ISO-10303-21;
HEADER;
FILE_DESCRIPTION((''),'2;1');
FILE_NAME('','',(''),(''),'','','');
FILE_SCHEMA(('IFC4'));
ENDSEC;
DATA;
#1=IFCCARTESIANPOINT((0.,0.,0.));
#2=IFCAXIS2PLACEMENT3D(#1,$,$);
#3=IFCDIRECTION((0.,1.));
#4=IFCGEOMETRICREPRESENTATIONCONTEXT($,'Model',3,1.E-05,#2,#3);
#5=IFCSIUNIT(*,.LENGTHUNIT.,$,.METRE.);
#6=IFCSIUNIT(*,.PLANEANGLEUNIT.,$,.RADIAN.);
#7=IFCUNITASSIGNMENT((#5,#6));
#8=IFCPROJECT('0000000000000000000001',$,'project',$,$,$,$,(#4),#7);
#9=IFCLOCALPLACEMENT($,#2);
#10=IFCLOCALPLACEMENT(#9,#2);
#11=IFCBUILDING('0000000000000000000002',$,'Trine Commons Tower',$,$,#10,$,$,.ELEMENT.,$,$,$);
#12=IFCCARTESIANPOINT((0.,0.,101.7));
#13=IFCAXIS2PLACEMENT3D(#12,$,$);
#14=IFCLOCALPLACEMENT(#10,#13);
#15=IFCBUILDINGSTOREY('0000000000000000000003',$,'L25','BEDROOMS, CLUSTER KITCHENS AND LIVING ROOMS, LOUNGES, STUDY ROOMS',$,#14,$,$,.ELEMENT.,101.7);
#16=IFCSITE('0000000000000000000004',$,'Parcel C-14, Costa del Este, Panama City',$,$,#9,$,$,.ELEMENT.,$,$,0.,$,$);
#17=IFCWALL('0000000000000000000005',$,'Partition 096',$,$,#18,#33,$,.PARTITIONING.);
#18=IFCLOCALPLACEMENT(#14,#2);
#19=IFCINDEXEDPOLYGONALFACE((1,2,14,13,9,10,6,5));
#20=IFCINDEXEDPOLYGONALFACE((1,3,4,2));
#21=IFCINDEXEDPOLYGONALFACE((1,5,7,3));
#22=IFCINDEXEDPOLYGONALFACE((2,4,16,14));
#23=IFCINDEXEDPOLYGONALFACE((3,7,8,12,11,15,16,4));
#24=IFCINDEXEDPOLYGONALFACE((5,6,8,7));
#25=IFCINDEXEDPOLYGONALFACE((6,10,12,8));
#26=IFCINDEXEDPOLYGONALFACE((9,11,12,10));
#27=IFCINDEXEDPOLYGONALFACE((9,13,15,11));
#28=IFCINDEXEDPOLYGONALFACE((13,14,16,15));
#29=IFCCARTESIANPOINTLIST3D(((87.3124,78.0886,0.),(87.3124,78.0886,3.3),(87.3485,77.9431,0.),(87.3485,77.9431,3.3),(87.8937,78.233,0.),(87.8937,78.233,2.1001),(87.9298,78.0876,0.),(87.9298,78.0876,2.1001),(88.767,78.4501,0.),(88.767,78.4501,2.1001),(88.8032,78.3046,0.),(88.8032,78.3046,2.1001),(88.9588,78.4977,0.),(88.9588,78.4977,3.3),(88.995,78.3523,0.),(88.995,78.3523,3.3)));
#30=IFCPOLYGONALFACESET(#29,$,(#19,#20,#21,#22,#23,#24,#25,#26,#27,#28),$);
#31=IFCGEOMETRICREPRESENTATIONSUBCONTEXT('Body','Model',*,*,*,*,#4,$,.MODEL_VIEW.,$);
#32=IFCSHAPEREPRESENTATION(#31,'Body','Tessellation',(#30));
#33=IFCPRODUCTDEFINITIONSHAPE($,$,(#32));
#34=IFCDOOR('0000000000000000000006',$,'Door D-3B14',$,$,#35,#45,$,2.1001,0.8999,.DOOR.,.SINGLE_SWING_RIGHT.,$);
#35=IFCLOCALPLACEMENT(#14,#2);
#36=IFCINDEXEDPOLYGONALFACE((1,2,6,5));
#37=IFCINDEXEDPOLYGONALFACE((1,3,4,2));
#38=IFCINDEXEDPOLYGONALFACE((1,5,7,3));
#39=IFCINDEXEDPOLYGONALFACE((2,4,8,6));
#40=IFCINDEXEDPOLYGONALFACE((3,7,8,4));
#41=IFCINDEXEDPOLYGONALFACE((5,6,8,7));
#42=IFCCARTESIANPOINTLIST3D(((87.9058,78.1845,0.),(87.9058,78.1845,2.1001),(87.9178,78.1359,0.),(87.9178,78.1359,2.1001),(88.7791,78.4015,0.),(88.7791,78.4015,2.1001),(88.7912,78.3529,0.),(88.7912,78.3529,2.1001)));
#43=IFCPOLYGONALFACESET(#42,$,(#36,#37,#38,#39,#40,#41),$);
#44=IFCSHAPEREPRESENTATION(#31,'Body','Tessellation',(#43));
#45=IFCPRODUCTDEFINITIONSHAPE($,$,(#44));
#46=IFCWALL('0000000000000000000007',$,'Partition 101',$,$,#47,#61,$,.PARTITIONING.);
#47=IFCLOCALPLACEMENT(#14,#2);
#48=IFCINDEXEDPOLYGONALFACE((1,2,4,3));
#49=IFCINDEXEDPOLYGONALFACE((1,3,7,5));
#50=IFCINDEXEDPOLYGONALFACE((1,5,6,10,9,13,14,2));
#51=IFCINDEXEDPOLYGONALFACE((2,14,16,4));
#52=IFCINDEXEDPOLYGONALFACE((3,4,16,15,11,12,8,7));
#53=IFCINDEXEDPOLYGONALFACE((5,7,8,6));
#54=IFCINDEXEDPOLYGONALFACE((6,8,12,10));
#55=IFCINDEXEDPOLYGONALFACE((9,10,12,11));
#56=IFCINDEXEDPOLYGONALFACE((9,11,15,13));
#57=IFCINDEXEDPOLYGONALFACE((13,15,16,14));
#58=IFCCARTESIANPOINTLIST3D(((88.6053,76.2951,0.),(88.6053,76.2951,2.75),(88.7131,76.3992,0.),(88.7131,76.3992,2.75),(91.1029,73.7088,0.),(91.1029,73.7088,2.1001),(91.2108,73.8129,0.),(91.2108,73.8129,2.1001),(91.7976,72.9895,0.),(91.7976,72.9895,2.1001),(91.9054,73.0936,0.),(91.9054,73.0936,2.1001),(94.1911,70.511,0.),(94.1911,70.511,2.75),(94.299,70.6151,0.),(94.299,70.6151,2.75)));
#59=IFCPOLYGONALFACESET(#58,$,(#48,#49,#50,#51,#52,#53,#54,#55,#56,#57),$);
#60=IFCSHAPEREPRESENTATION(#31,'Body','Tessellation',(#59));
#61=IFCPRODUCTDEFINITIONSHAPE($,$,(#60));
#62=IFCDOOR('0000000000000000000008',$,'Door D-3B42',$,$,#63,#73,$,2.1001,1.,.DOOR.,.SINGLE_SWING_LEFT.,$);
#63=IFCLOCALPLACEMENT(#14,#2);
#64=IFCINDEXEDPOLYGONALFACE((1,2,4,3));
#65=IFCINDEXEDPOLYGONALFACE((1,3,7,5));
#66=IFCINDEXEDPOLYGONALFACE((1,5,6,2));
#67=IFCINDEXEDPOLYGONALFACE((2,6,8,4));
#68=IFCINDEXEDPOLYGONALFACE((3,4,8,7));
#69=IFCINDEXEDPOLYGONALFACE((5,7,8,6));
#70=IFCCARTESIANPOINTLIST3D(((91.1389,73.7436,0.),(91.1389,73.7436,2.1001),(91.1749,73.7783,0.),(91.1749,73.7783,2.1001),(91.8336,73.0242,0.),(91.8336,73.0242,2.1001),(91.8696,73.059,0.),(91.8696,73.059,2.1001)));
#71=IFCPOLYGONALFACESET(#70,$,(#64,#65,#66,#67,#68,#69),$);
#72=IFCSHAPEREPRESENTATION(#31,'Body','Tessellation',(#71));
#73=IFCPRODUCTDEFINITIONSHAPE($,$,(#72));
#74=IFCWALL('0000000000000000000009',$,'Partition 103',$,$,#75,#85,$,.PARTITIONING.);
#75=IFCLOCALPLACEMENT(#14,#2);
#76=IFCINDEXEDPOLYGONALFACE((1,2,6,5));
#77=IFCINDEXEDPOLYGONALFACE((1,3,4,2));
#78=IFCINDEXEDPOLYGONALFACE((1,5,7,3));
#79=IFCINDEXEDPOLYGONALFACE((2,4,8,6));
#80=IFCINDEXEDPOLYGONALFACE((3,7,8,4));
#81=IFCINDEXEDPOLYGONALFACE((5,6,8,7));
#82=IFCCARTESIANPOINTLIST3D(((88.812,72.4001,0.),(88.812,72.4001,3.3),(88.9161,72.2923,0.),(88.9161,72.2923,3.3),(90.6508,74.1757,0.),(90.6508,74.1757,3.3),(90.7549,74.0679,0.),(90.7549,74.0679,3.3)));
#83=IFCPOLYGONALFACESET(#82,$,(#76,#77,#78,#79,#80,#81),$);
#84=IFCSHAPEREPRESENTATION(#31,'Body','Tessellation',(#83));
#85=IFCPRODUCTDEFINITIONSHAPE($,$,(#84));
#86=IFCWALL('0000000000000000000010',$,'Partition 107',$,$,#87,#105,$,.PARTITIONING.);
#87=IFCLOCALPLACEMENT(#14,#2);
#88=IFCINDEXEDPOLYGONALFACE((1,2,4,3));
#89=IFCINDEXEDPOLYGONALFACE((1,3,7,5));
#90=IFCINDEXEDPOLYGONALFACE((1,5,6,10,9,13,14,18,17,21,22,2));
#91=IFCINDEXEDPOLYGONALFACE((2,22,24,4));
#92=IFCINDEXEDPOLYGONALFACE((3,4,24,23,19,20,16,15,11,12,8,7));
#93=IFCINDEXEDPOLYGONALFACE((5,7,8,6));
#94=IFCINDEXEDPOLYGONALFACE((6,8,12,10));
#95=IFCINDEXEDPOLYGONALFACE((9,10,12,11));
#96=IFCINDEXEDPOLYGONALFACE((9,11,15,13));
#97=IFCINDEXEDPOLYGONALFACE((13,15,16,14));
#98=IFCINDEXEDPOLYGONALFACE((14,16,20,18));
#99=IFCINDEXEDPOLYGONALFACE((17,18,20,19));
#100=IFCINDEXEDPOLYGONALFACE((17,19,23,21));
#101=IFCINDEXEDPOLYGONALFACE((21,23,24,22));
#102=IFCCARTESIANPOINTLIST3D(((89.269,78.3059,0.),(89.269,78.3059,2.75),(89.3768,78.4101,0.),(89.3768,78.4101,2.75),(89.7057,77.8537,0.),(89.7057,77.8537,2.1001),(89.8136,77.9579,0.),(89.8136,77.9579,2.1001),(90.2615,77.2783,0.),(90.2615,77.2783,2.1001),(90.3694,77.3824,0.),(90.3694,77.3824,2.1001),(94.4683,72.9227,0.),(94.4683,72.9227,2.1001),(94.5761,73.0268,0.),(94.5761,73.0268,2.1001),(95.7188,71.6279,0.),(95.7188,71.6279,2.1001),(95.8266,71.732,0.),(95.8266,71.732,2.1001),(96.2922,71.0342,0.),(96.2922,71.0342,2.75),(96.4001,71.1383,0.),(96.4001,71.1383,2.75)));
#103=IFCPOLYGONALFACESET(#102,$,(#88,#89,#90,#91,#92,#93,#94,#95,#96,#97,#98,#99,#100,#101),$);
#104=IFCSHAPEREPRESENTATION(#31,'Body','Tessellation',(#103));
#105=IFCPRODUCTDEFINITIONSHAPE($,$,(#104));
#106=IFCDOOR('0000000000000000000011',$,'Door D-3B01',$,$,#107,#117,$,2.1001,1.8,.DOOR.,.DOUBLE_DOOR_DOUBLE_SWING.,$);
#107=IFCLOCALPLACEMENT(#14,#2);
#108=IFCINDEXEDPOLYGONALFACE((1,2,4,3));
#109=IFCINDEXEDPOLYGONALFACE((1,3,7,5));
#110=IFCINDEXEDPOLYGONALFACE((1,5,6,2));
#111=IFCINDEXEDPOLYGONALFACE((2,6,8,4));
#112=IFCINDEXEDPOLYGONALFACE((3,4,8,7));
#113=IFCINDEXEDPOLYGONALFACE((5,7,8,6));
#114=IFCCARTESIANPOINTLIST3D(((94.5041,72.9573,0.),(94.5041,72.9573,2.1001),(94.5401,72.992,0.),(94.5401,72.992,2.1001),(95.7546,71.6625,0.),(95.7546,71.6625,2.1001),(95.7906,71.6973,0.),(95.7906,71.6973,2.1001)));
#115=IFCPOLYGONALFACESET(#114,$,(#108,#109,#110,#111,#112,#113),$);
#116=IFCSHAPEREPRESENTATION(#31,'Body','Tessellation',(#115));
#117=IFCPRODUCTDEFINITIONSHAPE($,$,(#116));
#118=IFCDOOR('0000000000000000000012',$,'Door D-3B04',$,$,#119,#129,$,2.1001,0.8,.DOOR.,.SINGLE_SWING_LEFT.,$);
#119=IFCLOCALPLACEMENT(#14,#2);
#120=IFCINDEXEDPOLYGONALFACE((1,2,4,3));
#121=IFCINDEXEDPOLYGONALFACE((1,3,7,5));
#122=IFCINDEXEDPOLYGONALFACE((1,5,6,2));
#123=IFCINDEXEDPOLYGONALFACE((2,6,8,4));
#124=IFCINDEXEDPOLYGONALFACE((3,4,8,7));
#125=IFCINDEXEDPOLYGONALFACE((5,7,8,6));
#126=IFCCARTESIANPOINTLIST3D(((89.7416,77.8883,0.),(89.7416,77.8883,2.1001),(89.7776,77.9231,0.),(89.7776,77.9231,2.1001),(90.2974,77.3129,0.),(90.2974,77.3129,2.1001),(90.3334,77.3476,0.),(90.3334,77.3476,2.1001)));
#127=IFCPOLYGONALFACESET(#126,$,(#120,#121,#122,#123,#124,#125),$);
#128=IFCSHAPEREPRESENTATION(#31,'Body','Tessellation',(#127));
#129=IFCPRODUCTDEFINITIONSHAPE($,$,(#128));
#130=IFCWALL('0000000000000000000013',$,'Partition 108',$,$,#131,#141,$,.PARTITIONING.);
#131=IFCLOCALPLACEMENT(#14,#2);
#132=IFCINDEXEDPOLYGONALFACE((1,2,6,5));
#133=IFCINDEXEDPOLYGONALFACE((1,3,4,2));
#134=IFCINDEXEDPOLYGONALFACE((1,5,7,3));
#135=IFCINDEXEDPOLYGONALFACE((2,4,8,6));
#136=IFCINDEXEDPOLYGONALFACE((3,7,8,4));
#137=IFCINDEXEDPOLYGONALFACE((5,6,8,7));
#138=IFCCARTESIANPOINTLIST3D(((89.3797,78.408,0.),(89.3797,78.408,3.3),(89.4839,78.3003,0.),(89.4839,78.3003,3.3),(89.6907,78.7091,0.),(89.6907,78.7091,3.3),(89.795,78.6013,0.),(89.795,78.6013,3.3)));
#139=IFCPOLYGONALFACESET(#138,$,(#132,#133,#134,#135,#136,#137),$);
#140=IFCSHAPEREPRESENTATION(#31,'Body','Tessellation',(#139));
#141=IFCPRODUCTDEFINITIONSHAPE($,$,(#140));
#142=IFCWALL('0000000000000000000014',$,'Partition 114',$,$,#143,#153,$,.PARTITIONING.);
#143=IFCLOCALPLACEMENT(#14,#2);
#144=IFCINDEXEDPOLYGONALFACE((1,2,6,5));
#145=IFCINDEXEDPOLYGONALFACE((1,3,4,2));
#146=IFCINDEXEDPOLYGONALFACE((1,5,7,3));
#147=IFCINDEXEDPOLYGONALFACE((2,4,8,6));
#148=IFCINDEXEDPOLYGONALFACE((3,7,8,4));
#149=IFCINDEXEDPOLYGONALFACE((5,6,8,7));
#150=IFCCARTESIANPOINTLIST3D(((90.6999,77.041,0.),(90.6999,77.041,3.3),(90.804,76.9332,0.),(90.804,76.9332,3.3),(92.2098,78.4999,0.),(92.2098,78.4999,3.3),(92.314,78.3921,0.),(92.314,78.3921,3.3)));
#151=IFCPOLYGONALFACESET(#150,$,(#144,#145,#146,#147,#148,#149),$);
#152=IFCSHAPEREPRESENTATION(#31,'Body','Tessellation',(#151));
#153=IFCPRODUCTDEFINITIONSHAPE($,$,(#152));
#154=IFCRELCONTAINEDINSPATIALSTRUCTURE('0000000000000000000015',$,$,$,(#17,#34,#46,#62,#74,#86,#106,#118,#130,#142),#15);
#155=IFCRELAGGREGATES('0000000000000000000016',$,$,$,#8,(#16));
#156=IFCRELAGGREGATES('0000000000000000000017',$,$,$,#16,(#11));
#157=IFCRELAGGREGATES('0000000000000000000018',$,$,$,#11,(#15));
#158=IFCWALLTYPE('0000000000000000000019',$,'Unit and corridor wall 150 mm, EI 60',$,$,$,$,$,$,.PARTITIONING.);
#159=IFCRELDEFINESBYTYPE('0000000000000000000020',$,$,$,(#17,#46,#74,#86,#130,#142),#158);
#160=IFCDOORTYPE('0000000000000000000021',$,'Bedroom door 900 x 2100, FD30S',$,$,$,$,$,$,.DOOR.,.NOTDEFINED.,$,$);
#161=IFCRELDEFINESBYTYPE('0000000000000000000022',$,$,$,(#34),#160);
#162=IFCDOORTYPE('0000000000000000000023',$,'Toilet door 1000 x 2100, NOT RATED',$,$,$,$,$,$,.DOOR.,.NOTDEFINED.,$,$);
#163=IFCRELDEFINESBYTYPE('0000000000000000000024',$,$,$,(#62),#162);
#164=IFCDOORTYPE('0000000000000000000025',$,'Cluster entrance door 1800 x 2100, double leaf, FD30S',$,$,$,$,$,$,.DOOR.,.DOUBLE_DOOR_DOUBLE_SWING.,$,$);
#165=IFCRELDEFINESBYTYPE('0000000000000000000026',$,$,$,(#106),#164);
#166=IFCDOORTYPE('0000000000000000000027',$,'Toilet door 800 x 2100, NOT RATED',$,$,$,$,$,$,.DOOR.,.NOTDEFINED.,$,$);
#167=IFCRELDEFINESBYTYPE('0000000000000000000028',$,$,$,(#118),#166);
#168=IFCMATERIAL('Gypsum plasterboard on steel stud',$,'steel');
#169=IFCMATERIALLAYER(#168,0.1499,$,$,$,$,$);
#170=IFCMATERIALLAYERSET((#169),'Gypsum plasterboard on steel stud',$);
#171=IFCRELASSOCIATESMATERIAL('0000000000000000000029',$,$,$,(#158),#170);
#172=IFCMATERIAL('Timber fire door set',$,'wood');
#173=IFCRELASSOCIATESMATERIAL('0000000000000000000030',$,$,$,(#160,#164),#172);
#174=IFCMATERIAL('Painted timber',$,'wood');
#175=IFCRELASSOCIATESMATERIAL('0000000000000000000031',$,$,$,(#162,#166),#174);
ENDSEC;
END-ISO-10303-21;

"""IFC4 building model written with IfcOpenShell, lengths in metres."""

from ifc_helpers import new_model, si_unit, direction, frame, frame_2d, origin, place, context, subcontext, project, spatial, rectangle, extrude, material, layer, layer_set, type_object, element, fill, save


model = new_model("IFC4")

# Units and contexts
model_context = context("Model", 3, precision=1e-05, world=origin(), true_north=direction((0.0, 1.0)))
body_context = subcontext(model_context, "Body", "Model", "MODEL_VIEW")
ifc_project = project(units=[si_unit("LENGTHUNIT", "METRE"), si_unit("PLANEANGLEUNIT", "RADIAN")], contexts=[model_context])

# Site, building, storey
site_placement = place(None, origin())
site = spatial("IfcSite", under=ifc_project, at=site_placement, Name="Parcel C-14, Costa del Este, Panama City", CompositionType="ELEMENT", RefElevation=0.0)
building_placement = place(site_placement, origin())
building = spatial("IfcBuilding", under=site, at=building_placement, Name="Trine Commons Tower", CompositionType="ELEMENT")
storey_placement = place(building_placement, frame((0.0, 0.0, 101.7)))
storey = spatial("IfcBuildingStorey", under=building, at=storey_placement, Name="L25", Description="BEDROOMS, CLUSTER KITCHENS AND LIVING ROOMS, LOUNGES, STUDY ROOMS", CompositionType="ELEMENT", Elevation=101.7)

# Shared definitions
ifc_material_1 = material(Name="Gypsum plasterboard on steel stud", Category="steel")
ifc_layer_1 = layer(ifc_material_1, 0.1499)
ifc_layer_set_1 = layer_set([ifc_layer_1], Name="Gypsum plasterboard on steel stud")
wall_type_1 = type_object("IfcWallType", Name="Unit and corridor wall 150 mm, EI 60", PredefinedType="PARTITIONING", material=ifc_layer_set_1)
ifc_material_2 = material(Name="Timber fire door set", Category="wood")
door_type_1 = type_object("IfcDoorType", Name="Bedroom door 900 x 2100, FD30S", OperationType="NOTDEFINED", PredefinedType="DOOR", material=ifc_material_2)

# Walls, openings, doors
wall_1_placement = place(storey_placement, frame((87.3306, 78.0159, 0.0), z_axis=(0.0, 0.0, 1.0), x_axis=(0.97048, 0.241181, 0.0)))
wall_1 = element("IfcWall", 1, at=wall_1_placement, inside=storey, type_object=wall_type_1, Name="Partition 096", PredefinedType="PARTITIONING", context=body_context, shape_type="SweptSolid", body=[
    extrude(rectangle(XDim=1.6965, YDim=0.1499, at=frame_2d((0.8481, 0.0))), origin(), (0.0, 0.0, 1.0), 3.3),
])
opening_1_placement = place(wall_1_placement, frame((0.5989, 0.0, 0.0)))
opening_1 = element("IfcOpeningElement", 2, at=opening_1_placement, cuts=wall_1, PredefinedType="OPENING", context=body_context, shape_type="SweptSolid", body=[
    extrude(rectangle(XDim=0.8999, YDim=2.1001, at=frame_2d((0.45, 1.05))), frame((0.0, 0.085, 0.0), z_axis=(0.0, -1.0, 0.0), x_axis=(1.0, 0.0, 0.0)), (0.0, 0.0, 1.0), 0.1699),
])
door_1_placement = place(opening_1_placement, origin())
door_1 = element("IfcDoor", 3, at=door_1_placement, inside=storey, type_object=door_type_1, Name="Door D-3B14", OperationType="SINGLE_SWING_RIGHT", OverallHeight=2.1001, OverallWidth=0.8999, PredefinedType="DOOR", context=body_context, shape_type="SweptSolid", body=[
    extrude(rectangle(XDim=0.8999, YDim=2.1001, at=frame_2d((0.45, 1.05))), frame((0.0, 0.0249, 0.0), z_axis=(0.0, -1.0, 0.0), x_axis=(1.0, 0.0, 0.0)), (0.0, 0.0, 1.0), 0.05),
])
fill(opening_1, door_1)
wall_2_placement = place(storey_placement, frame((88.6592, 76.3472, 0.0), z_axis=(0.0, 0.0, 1.0), x_axis=(0.694673, -0.719326, 0.0)))
wall_2 = element("IfcWall", 4, at=wall_2_placement, inside=storey, type_object=wall_type_1, Name="Partition 101", PredefinedType="PARTITIONING", context=body_context, shape_type="SweptSolid", body=[
    extrude(rectangle(XDim=8.041, YDim=0.1499, at=frame_2d((4.0205, 0.0))), origin(), (0.0, 0.0, 1.0), 2.75),
])
opening_2_placement = place(wall_2_placement, frame((3.5955, 0.0, 0.0)))
opening_2 = element("IfcOpeningElement", 5, at=opening_2_placement, cuts=wall_2, PredefinedType="OPENING", context=body_context, shape_type="SweptSolid", body=[
    extrude(rectangle(XDim=1.0, YDim=2.1001, at=frame_2d((0.5, 1.05))), frame((0.0, 0.085, 0.0), z_axis=(0.0, -1.0, 0.0), x_axis=(1.0, 0.0, 0.0)), (0.0, 0.0, 1.0), 0.1699),
])
ifc_material_3 = material(Name="Painted timber", Category="wood")
door_type_2 = type_object("IfcDoorType", Name="Toilet door 1000 x 2100, NOT RATED", OperationType="NOTDEFINED", PredefinedType="DOOR", material=ifc_material_3)
door_2_placement = place(opening_2_placement, frame((1.0, 0.0, 0.0), z_axis=(0.0, 0.0, 1.0), x_axis=(-1.0, 0.0, 0.0)))
door_2 = element("IfcDoor", 6, at=door_2_placement, inside=storey, type_object=door_type_2, Name="Door D-3B42", OperationType="SINGLE_SWING_LEFT", OverallHeight=2.1001, OverallWidth=1.0, PredefinedType="DOOR", context=body_context, shape_type="SweptSolid", body=[
    extrude(rectangle(XDim=1.0, YDim=2.1001, at=frame_2d((0.5, 1.05))), frame((0.0, 0.0249, 0.0), z_axis=(0.0, -1.0, 0.0), x_axis=(1.0, 0.0, 0.0)), (0.0, 0.0, 1.0), 0.05),
])
fill(opening_2, door_2)

# Wall
wall_3_placement = place(storey_placement, frame((88.864, 72.3462, 0.0), z_axis=(0.0, 0.0, 1.0), x_axis=(0.719367, 0.69463, 0.0)))
element("IfcWall", 7, at=wall_3_placement, inside=storey, type_object=wall_type_1, Name="Partition 103", PredefinedType="PARTITIONING", context=body_context, shape_type="SweptSolid", body=[
    extrude(rectangle(XDim=2.5562, YDim=0.1499, at=frame_2d((1.2781, 0.0))), origin(), (0.0, 0.0, 1.0), 3.3),
])

# Wall, openings, doors
wall_4_placement = place(storey_placement, frame((89.323, 78.3579, 0.0), z_axis=(0.0, 0.0, 1.0), x_axis=(0.694708, -0.719292, 0.0)))
wall_4 = element("IfcWall", 8, at=wall_4_placement, inside=storey, type_object=wall_type_1, Name="Partition 107", PredefinedType="PARTITIONING", context=body_context, shape_type="SweptSolid", body=[
    extrude(rectangle(XDim=10.1096, YDim=0.1499, at=frame_2d((5.0547, 0.0))), origin(), (0.0, 0.0, 1.0), 2.75),
])
opening_3_placement = place(wall_4_placement, frame((7.4841, 0.0, 0.0)))
opening_3 = element("IfcOpeningElement", 9, at=opening_3_placement, cuts=wall_4, PredefinedType="OPENING", context=body_context, shape_type="SweptSolid", body=[
    extrude(rectangle(XDim=1.8, YDim=2.1001, at=frame_2d((0.8999, 1.05))), frame((0.0, 0.085, 0.0), z_axis=(0.0, -1.0, 0.0), x_axis=(1.0, 0.0, 0.0)), (0.0, 0.0, 1.0), 0.1699),
])
opening_4_placement = place(wall_4_placement, frame((0.6287, 0.0, 0.0)))
opening_4 = element("IfcOpeningElement", 10, at=opening_4_placement, cuts=wall_4, PredefinedType="OPENING", context=body_context, shape_type="SweptSolid", body=[
    extrude(rectangle(XDim=0.8, YDim=2.1001, at=frame_2d((0.3999, 1.05))), frame((0.0, 0.085, 0.0), z_axis=(0.0, -1.0, 0.0), x_axis=(1.0, 0.0, 0.0)), (0.0, 0.0, 1.0), 0.1699),
])
door_type_3 = type_object("IfcDoorType", Name="Cluster entrance door 1800 x 2100, double leaf, FD30S", OperationType="DOUBLE_DOOR_DOUBLE_SWING", PredefinedType="DOOR", material=ifc_material_2)
door_3_placement = place(opening_3_placement, origin())
door_3 = element("IfcDoor", 11, at=door_3_placement, inside=storey, type_object=door_type_3, Name="Door D-3B01", OperationType="DOUBLE_DOOR_DOUBLE_SWING", OverallHeight=2.1001, OverallWidth=1.8, PredefinedType="DOOR", context=body_context, shape_type="SweptSolid", body=[
    extrude(rectangle(XDim=1.8, YDim=2.1001, at=frame_2d((0.8999, 1.05))), frame((0.0, 0.0249, 0.0), z_axis=(0.0, -1.0, 0.0), x_axis=(1.0, 0.0, 0.0)), (0.0, 0.0, 1.0), 0.05),
])
fill(opening_3, door_3)
door_type_4 = type_object("IfcDoorType", Name="Toilet door 800 x 2100, NOT RATED", OperationType="NOTDEFINED", PredefinedType="DOOR", material=ifc_material_3)
door_4_placement = place(opening_4_placement, origin())
door_4 = element("IfcDoor", 12, at=door_4_placement, inside=storey, type_object=door_type_4, Name="Door D-3B04", OperationType="SINGLE_SWING_LEFT", OverallHeight=2.1001, OverallWidth=0.8, PredefinedType="DOOR", context=body_context, shape_type="SweptSolid", body=[
    extrude(rectangle(XDim=0.8, YDim=2.1001, at=frame_2d((0.3999, 1.05))), frame((0.0, 0.0249, 0.0), z_axis=(0.0, -1.0, 0.0), x_axis=(1.0, 0.0, 0.0)), (0.0, 0.0, 1.0), 0.05),
])
fill(opening_4, door_4)

# Walls
wall_5_placement = place(storey_placement, frame((89.4319, 78.3542, 0.0), z_axis=(0.0, 0.0, 1.0), x_axis=(0.718575, 0.69545, 0.0)))
element("IfcWall", 13, at=wall_5_placement, inside=storey, type_object=wall_type_1, Name="Partition 108", PredefinedType="PARTITIONING", context=body_context, shape_type="SweptSolid", body=[
    extrude(rectangle(XDim=0.4329, YDim=0.1499, at=frame_2d((0.2163, 0.0))), origin(), (0.0, 0.0, 1.0), 3.3),
])
wall_6_placement = place(storey_placement, frame((90.752, 76.9871, 0.0), z_axis=(0.0, 0.0, 1.0), x_axis=(0.719153, 0.694852, 0.0)))
element("IfcWall", 14, at=wall_6_placement, inside=storey, type_object=wall_type_1, Name="Partition 114", PredefinedType="PARTITIONING", context=body_context, shape_type="SweptSolid", body=[
    extrude(rectangle(XDim=2.0996, YDim=0.1499, at=frame_2d((1.0498, 0.0))), origin(), (0.0, 0.0, 1.0), 3.3),
])

save(model, "model.ifc")
